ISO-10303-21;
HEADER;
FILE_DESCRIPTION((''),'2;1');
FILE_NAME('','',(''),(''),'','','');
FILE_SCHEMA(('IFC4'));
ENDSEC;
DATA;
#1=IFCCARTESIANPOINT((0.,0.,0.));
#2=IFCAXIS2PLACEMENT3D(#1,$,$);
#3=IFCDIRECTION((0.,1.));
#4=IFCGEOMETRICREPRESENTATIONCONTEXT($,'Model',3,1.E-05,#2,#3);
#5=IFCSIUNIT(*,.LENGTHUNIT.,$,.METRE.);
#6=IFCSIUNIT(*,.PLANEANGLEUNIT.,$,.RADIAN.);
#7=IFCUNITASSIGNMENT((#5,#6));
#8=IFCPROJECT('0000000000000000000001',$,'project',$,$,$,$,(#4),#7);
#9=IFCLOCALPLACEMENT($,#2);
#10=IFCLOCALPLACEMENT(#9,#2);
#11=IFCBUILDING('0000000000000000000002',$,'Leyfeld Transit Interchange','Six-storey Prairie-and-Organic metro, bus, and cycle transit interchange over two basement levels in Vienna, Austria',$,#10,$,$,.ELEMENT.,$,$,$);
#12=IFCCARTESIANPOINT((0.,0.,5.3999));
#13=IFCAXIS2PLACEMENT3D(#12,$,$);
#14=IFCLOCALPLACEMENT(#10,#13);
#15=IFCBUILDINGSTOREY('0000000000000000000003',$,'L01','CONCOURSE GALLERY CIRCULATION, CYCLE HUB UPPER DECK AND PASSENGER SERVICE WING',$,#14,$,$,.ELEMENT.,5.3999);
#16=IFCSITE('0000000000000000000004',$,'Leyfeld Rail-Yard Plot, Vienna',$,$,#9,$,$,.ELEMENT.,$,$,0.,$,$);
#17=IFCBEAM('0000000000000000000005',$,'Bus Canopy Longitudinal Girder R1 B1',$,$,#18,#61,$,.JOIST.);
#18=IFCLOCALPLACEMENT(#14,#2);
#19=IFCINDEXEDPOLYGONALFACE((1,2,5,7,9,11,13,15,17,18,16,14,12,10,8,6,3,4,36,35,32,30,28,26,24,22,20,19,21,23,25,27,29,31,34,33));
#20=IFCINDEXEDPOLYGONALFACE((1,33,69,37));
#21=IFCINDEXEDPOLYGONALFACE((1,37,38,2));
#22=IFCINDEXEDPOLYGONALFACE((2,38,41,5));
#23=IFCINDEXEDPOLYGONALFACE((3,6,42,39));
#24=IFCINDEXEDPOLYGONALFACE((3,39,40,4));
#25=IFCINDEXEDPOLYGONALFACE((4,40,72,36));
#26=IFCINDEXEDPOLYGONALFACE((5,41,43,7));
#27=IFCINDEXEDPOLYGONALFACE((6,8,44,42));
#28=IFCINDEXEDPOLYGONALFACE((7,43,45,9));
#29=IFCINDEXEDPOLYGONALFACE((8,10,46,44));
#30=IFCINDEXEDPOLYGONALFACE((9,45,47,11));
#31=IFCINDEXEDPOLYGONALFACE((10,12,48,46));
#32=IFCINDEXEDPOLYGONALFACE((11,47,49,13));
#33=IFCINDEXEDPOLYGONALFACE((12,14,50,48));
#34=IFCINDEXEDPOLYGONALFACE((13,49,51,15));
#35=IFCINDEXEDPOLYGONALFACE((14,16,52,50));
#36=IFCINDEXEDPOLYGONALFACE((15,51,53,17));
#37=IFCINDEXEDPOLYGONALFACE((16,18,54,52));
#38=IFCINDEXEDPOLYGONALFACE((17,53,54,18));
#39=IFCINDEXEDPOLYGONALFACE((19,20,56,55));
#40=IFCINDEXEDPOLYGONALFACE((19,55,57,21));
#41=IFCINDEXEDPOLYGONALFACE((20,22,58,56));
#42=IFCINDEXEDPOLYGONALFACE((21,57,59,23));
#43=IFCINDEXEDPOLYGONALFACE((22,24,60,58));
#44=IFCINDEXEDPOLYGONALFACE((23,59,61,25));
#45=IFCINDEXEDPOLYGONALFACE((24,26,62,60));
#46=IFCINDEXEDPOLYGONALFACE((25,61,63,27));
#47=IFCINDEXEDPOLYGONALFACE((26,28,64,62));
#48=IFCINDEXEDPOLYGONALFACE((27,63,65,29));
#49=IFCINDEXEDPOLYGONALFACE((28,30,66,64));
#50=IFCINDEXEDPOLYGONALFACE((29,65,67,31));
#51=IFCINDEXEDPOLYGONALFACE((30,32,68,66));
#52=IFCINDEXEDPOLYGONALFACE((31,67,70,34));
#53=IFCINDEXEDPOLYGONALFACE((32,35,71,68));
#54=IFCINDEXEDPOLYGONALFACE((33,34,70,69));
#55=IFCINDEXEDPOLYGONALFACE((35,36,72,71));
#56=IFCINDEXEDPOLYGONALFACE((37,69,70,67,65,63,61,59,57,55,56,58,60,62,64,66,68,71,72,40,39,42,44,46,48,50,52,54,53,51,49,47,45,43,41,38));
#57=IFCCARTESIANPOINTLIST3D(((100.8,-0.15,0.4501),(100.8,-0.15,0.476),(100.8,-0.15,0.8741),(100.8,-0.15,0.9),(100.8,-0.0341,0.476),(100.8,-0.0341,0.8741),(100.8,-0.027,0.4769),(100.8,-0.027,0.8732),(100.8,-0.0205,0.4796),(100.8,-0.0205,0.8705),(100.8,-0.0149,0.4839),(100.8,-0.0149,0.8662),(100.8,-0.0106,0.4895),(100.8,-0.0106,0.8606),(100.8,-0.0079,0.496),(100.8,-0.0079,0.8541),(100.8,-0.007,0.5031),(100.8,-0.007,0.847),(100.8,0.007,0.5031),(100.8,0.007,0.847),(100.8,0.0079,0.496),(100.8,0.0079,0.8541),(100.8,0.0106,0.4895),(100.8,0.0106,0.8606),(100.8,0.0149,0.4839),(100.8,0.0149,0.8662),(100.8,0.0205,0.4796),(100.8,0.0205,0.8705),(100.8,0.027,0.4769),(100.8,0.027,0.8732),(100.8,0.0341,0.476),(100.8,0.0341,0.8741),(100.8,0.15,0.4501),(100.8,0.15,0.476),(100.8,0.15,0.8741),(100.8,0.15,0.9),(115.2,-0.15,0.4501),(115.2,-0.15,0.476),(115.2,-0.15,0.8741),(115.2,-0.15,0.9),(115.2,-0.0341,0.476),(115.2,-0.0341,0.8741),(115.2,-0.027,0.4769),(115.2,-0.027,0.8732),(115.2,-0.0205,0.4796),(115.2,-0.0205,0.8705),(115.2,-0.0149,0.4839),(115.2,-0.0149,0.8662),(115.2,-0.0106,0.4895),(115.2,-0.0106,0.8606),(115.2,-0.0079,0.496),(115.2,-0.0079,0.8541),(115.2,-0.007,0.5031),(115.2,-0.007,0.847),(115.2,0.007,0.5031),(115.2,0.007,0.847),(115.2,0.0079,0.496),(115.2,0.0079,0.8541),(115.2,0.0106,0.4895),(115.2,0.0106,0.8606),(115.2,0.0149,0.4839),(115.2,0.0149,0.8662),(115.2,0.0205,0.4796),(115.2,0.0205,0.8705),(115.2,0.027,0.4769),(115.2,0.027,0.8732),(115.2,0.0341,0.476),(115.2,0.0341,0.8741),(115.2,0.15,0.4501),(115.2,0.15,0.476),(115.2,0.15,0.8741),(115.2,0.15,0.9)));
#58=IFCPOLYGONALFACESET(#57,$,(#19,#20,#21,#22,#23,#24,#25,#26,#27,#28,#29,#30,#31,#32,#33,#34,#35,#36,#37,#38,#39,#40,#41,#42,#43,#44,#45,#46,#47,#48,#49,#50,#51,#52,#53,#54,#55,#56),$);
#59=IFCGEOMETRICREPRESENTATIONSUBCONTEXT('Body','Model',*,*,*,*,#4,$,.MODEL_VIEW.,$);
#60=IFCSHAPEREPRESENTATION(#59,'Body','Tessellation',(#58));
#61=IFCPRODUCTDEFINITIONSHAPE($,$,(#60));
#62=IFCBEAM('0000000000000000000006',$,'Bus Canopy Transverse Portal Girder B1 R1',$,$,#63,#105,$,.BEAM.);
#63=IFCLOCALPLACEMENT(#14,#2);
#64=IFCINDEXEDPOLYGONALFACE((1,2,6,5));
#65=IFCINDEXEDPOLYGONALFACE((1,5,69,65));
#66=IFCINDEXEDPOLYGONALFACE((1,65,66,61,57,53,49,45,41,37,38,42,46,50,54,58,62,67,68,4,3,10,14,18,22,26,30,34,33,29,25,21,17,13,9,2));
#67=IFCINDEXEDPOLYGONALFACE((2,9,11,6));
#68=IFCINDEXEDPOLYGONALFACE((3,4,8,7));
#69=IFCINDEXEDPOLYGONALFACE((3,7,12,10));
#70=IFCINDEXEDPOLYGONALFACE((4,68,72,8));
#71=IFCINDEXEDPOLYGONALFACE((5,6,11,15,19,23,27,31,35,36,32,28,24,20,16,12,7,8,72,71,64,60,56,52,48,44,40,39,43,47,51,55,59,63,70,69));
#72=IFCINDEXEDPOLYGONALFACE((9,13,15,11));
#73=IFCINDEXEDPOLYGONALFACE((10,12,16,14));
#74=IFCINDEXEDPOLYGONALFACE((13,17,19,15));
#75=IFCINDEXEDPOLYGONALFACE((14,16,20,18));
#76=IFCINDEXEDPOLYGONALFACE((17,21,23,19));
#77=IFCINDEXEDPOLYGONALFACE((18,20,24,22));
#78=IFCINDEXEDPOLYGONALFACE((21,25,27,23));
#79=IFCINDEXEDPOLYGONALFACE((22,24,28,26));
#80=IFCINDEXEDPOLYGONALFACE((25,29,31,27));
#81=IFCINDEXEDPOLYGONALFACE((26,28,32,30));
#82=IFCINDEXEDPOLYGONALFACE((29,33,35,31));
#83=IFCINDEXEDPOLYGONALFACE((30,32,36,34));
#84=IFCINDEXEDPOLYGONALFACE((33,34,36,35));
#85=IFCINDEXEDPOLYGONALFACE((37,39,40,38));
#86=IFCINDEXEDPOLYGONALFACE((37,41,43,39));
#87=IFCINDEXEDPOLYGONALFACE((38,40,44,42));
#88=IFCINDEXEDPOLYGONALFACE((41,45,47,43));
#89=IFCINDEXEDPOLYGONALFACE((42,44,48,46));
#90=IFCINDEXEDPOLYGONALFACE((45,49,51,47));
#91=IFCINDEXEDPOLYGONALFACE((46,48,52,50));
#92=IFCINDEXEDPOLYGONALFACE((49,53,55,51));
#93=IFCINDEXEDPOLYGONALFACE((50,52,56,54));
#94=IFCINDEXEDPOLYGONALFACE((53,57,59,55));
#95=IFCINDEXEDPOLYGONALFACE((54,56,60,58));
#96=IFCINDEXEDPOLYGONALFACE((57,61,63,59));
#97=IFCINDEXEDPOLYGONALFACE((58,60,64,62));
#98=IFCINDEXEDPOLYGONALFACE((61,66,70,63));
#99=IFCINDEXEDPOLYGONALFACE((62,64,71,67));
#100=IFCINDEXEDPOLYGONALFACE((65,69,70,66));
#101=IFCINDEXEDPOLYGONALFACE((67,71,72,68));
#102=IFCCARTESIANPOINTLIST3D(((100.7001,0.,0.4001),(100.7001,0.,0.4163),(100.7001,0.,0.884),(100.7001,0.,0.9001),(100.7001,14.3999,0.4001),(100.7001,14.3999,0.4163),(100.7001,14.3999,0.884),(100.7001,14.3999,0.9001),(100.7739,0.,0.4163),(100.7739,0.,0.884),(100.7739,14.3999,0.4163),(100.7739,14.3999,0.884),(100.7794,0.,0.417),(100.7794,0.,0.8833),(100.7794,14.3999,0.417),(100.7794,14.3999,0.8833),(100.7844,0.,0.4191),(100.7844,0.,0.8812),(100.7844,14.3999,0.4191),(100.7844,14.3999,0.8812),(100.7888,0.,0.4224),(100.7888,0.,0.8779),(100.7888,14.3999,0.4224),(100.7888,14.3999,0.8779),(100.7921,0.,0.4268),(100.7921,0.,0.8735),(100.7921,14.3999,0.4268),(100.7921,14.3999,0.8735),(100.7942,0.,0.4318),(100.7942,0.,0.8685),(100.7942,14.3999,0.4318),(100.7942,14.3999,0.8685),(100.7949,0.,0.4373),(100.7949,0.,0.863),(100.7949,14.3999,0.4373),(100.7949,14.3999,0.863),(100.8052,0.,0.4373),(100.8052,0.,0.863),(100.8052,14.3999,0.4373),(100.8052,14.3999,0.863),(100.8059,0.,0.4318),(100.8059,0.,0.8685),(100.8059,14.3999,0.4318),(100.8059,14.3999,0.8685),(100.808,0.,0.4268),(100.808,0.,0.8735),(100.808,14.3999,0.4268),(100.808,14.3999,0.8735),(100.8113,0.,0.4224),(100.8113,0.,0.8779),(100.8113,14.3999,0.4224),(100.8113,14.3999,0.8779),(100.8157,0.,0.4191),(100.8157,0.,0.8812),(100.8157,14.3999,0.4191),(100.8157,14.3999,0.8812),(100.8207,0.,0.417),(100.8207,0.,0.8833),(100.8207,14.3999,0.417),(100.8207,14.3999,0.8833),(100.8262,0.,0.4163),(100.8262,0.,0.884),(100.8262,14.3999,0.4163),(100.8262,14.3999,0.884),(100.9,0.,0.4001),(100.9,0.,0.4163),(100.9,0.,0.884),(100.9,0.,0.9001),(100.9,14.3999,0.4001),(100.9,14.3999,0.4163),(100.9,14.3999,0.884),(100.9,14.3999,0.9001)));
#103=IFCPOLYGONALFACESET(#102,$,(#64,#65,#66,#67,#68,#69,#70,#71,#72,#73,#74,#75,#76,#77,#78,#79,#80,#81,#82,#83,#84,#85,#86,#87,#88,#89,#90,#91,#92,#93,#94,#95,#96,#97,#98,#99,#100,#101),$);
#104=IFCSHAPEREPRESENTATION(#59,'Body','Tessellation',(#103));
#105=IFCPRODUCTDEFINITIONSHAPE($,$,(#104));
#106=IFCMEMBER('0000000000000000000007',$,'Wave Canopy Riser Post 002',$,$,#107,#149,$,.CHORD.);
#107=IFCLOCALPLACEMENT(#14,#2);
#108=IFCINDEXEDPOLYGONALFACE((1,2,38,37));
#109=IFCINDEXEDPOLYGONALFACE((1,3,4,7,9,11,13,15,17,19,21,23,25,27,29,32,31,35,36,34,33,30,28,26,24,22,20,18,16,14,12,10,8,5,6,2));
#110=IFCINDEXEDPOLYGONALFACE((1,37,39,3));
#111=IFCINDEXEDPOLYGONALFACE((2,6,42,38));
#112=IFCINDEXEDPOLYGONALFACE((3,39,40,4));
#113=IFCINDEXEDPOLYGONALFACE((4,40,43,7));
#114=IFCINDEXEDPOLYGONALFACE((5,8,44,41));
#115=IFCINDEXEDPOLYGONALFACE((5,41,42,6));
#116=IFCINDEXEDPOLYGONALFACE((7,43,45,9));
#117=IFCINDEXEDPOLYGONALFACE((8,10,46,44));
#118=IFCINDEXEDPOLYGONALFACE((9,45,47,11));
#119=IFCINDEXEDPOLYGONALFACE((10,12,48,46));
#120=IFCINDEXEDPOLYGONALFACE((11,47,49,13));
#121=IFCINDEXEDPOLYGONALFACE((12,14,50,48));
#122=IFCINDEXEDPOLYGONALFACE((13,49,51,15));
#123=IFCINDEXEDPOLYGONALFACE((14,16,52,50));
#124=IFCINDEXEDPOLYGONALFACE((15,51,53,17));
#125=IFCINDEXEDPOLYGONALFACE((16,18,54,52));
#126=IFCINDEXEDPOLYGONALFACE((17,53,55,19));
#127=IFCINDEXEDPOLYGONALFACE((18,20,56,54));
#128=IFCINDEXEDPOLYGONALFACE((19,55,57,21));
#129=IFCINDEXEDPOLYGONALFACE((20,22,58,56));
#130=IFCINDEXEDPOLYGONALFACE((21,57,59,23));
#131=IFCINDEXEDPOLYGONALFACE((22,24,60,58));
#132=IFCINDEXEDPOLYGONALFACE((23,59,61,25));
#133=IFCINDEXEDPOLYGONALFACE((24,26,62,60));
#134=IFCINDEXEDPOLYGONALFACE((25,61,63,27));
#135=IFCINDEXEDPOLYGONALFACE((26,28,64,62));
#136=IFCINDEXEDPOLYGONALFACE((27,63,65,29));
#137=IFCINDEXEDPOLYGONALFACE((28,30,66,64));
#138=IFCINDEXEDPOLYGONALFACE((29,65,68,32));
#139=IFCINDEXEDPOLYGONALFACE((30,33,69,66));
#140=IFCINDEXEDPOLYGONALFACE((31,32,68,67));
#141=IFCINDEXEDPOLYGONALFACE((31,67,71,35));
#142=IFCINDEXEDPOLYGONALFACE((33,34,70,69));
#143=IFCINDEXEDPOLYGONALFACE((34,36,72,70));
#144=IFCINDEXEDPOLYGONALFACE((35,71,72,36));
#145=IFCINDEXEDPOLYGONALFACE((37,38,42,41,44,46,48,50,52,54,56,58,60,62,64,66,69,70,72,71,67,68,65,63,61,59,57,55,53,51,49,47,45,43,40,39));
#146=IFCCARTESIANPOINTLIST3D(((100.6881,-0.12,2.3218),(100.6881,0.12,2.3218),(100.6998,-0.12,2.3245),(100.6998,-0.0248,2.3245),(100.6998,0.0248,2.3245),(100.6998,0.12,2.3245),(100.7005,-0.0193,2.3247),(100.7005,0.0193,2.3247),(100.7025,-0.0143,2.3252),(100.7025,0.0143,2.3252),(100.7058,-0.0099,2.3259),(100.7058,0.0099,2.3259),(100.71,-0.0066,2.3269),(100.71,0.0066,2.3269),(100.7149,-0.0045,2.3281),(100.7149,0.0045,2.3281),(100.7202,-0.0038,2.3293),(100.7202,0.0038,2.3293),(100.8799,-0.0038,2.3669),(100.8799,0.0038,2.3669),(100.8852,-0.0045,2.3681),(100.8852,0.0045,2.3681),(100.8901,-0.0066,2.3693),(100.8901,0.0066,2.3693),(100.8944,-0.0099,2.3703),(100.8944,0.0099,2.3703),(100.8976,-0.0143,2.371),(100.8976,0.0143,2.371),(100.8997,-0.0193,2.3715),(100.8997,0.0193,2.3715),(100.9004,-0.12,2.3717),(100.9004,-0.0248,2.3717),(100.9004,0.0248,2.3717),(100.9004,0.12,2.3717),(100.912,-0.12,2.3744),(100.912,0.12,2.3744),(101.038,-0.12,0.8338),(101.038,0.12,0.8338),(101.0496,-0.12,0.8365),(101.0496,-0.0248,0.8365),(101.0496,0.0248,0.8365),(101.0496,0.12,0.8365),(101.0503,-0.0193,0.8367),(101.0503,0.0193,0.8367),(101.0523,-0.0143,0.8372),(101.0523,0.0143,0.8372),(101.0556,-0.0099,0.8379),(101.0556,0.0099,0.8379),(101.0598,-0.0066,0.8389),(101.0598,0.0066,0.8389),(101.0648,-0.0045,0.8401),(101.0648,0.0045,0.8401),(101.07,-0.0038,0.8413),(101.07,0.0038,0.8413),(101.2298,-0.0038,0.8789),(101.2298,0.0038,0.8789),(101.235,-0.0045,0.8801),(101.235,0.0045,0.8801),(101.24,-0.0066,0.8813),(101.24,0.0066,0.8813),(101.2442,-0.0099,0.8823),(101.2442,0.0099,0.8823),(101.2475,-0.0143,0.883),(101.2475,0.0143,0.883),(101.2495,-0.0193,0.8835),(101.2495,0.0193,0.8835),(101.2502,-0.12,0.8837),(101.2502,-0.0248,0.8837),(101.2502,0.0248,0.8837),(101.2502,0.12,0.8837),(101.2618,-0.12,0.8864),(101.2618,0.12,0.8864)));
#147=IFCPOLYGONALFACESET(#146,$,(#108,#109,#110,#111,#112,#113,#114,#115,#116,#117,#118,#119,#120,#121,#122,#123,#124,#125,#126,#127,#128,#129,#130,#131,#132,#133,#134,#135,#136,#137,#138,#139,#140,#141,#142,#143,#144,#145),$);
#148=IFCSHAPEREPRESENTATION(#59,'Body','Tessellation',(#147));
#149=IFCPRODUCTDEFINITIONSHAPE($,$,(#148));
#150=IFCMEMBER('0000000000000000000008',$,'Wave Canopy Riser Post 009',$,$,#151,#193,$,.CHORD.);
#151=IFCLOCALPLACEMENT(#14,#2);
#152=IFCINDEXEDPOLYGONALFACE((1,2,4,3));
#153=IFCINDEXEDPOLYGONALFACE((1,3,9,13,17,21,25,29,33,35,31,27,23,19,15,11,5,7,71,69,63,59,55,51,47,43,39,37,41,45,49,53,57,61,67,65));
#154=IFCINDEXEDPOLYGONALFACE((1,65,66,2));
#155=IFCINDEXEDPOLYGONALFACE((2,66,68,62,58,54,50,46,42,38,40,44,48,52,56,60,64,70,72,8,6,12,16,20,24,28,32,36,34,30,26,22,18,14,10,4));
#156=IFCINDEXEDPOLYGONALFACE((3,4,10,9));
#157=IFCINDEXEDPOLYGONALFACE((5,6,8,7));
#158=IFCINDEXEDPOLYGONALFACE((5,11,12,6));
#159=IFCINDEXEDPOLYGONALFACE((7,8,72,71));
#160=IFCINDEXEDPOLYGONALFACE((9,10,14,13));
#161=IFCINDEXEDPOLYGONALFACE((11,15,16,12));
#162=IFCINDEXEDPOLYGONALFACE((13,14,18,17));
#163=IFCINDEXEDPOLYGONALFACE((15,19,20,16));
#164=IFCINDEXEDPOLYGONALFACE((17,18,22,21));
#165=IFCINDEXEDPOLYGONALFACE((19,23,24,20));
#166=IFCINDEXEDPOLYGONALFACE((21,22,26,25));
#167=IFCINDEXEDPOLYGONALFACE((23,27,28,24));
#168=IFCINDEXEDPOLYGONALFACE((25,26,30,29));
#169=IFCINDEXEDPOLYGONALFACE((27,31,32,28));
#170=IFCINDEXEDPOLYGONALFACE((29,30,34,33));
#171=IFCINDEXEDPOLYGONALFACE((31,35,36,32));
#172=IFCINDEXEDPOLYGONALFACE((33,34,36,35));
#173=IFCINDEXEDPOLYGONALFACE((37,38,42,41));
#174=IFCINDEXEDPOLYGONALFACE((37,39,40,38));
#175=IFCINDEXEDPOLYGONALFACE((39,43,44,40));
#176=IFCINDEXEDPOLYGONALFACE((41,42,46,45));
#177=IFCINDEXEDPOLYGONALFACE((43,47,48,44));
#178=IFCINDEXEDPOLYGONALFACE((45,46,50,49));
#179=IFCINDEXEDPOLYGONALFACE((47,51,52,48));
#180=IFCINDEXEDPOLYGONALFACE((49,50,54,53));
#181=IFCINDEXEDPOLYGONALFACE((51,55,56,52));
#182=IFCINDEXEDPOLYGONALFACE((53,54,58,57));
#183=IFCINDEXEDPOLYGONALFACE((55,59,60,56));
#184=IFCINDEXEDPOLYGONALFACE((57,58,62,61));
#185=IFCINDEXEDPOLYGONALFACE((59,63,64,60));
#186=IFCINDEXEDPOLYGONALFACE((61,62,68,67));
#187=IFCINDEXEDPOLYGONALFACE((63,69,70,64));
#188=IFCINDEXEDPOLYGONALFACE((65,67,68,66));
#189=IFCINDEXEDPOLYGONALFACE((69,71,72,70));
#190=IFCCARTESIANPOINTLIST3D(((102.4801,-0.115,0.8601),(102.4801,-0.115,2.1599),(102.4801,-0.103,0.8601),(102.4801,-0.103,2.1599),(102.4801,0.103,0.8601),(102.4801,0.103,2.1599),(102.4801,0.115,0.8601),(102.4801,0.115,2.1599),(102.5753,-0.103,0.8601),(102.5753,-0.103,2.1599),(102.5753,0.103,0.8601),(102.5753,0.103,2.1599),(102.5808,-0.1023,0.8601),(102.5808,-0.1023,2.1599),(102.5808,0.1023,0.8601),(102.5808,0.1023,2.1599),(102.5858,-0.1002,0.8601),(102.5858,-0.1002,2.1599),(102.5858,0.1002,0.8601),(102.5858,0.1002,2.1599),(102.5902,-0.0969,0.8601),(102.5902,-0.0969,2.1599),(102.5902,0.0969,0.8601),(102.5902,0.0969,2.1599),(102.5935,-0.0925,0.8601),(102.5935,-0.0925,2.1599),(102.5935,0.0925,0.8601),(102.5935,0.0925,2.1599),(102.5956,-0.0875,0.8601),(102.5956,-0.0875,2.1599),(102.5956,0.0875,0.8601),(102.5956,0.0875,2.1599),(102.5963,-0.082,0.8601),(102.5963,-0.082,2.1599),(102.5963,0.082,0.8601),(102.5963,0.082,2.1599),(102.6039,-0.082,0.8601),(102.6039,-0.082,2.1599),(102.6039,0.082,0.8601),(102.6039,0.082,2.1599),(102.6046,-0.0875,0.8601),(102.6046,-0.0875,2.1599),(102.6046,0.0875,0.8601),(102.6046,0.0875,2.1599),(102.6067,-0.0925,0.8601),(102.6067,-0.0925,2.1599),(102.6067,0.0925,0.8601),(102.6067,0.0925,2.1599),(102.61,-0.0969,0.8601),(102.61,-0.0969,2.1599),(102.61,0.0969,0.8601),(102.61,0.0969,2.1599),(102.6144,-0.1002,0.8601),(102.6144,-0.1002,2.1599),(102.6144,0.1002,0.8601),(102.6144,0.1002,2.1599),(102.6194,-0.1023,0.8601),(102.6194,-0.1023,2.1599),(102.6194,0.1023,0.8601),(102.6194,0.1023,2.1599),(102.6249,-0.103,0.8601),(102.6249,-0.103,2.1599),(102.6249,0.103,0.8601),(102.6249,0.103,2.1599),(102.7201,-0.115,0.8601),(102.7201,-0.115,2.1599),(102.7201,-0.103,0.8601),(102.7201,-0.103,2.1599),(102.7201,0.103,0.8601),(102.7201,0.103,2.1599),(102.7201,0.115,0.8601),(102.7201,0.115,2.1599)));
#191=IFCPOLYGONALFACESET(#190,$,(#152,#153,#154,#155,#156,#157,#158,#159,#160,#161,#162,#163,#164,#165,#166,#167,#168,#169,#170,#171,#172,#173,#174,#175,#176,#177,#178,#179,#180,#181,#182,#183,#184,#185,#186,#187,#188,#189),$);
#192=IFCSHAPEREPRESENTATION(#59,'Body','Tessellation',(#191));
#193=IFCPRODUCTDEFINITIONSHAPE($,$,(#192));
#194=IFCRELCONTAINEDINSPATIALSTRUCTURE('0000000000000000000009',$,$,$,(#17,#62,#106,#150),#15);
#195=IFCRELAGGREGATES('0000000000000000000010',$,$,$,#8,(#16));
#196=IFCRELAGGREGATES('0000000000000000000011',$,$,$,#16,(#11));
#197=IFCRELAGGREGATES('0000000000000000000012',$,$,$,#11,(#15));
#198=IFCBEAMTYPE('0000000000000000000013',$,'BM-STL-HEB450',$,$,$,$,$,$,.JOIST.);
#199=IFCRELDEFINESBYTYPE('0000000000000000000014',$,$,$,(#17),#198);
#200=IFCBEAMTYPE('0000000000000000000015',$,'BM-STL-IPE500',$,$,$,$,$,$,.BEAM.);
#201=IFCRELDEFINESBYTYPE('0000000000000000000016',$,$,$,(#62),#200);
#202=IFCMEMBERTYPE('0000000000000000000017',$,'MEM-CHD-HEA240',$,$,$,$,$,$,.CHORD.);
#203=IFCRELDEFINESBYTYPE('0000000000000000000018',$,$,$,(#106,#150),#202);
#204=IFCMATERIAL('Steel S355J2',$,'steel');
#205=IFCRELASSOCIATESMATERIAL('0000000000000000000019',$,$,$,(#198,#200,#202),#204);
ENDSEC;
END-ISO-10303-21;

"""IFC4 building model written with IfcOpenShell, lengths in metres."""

from ifc_helpers import new_model, si_unit, direction, frame, origin, origin_2d, place, context, subcontext, project, spatial, i_section, extrude, material, material_profile, profile_set, type_object, element, save


model = new_model("IFC4")

# Units and contexts
model_context = context("Model", 3, precision=1e-05, world=origin(), true_north=direction((0.0, 1.0)))
body_context = subcontext(model_context, "Body", "Model", "MODEL_VIEW")
ifc_project = project(units=[si_unit("LENGTHUNIT", "METRE"), si_unit("PLANEANGLEUNIT", "RADIAN")], contexts=[model_context])

# Site, building, storey
site_placement = place(None, origin())
site = spatial("IfcSite", under=ifc_project, at=site_placement, Name="Leyfeld Rail-Yard Plot, Vienna", CompositionType="ELEMENT", RefElevation=0.0)
building_placement = place(site_placement, origin())
building = spatial("IfcBuilding", under=site, at=building_placement, Name="Leyfeld Transit Interchange", Description="Six-storey Prairie-and-Organic metro, bus, and cycle transit interchange over two basement levels in Vienna, Austria", CompositionType="ELEMENT")
storey_placement = place(building_placement, frame((0.0, 0.0, 5.3999)))
storey = spatial("IfcBuildingStorey", under=building, at=storey_placement, Name="L01", Description="CONCOURSE GALLERY CIRCULATION, CYCLE HUB UPPER DECK AND PASSENGER SERVICE WING", CompositionType="ELEMENT", Elevation=5.3999)

# Beams
ifc_material_1 = material(Name="Steel S355J2", Category="steel")
ifc_material_profile_1 = material_profile(ifc_material_1, i_section(OverallWidth=0.3, OverallDepth=0.45, WebThickness=0.0139, FlangeThickness=0.0259, FilletRadius=0.0271, at=origin_2d()), Name="HEB 450")
ifc_profile_set_1 = profile_set([ifc_material_profile_1], Name="Steel S355J2")
beam_type_1 = type_object("IfcBeamType", Name="BM-STL-HEB450", PredefinedType="JOIST", material=ifc_profile_set_1)
beam_1_placement = place(storey_placement, frame((100.8, 0.0, 0.675), z_axis=(1.0, 0.0, 0.0), x_axis=(0.0, 1.0, 0.0)))
element("IfcBeam", 1, at=beam_1_placement, inside=storey, type_object=beam_type_1, Name="Bus Canopy Longitudinal Girder R1 B1", PredefinedType="JOIST", context=body_context, shape_type="SweptSolid", body=[
    extrude(i_section(OverallWidth=0.3, OverallDepth=0.45, WebThickness=0.0139, FlangeThickness=0.0259, FilletRadius=0.0271, at=origin_2d()), origin(), (0.0, 0.0, 1.0), 14.3999),
])
ifc_material_profile_2 = material_profile(ifc_material_1, i_section(OverallWidth=0.2, OverallDepth=0.5, WebThickness=0.0103, FlangeThickness=0.0161, FilletRadius=0.021, at=origin_2d()), Name="IPE 500")
ifc_profile_set_2 = profile_set([ifc_material_profile_2], Name="Steel S355J2")
beam_type_2 = type_object("IfcBeamType", Name="BM-STL-IPE500", PredefinedType="BEAM", material=ifc_profile_set_2)
beam_2_placement = place(storey_placement, frame((100.8, 0.0, 0.6501), z_axis=(0.0, 1.0, 0.0), x_axis=(-1.0, 0.0, 0.0)))
element("IfcBeam", 2, at=beam_2_placement, inside=storey, type_object=beam_type_2, Name="Bus Canopy Transverse Portal Girder B1 R1", PredefinedType="BEAM", context=body_context, shape_type="SweptSolid", body=[
    extrude(i_section(OverallWidth=0.2, OverallDepth=0.5, WebThickness=0.0103, FlangeThickness=0.0161, FilletRadius=0.021, at=origin_2d()), origin(), (0.0, 0.0, 1.0), 14.3999),
])

# Members
ifc_material_profile_3 = material_profile(ifc_material_1, i_section(OverallWidth=0.24, OverallDepth=0.23, WebThickness=0.0076, FlangeThickness=0.012, FilletRadius=0.021, at=origin_2d()), Name="HEA 240")
ifc_profile_set_3 = profile_set([ifc_material_profile_3], Name="Steel S355J2")
member_type_1 = type_object("IfcMemberType", Name="MEM-CHD-HEA240", PredefinedType="CHORD", material=ifc_profile_set_3)
member_1_placement = place(storey_placement, frame((101.1499, 0.0, 0.8601), z_axis=(-0.22887, 0.0, 0.973457), x_axis=(0.0, -1.0, 0.0)))
element("IfcMember", 3, at=member_1_placement, inside=storey, type_object=member_type_1, Name="Wave Canopy Riser Post 002", PredefinedType="CHORD", context=body_context, shape_type="SweptSolid", body=[
    extrude(i_section(OverallWidth=0.24, OverallDepth=0.23, WebThickness=0.0076, FlangeThickness=0.012, FilletRadius=0.021, at=origin_2d()), origin(), (0.0, 0.0, 1.0), 1.5286),
])
member_2_placement = place(storey_placement, frame((102.6001, 0.0, 0.8601), z_axis=(0.0, 0.0, 1.0), x_axis=(1.0, 0.0, 0.0)))
element("IfcMember", 4, at=member_2_placement, inside=storey, type_object=member_type_1, Name="Wave Canopy Riser Post 009", PredefinedType="CHORD", context=body_context, shape_type="SweptSolid", body=[
    extrude(i_section(OverallWidth=0.24, OverallDepth=0.23, WebThickness=0.0076, FlangeThickness=0.012, FilletRadius=0.021, at=origin_2d()), origin(), (0.0, 0.0, 1.0), 1.2998),
])

save(model, "model.ifc")
